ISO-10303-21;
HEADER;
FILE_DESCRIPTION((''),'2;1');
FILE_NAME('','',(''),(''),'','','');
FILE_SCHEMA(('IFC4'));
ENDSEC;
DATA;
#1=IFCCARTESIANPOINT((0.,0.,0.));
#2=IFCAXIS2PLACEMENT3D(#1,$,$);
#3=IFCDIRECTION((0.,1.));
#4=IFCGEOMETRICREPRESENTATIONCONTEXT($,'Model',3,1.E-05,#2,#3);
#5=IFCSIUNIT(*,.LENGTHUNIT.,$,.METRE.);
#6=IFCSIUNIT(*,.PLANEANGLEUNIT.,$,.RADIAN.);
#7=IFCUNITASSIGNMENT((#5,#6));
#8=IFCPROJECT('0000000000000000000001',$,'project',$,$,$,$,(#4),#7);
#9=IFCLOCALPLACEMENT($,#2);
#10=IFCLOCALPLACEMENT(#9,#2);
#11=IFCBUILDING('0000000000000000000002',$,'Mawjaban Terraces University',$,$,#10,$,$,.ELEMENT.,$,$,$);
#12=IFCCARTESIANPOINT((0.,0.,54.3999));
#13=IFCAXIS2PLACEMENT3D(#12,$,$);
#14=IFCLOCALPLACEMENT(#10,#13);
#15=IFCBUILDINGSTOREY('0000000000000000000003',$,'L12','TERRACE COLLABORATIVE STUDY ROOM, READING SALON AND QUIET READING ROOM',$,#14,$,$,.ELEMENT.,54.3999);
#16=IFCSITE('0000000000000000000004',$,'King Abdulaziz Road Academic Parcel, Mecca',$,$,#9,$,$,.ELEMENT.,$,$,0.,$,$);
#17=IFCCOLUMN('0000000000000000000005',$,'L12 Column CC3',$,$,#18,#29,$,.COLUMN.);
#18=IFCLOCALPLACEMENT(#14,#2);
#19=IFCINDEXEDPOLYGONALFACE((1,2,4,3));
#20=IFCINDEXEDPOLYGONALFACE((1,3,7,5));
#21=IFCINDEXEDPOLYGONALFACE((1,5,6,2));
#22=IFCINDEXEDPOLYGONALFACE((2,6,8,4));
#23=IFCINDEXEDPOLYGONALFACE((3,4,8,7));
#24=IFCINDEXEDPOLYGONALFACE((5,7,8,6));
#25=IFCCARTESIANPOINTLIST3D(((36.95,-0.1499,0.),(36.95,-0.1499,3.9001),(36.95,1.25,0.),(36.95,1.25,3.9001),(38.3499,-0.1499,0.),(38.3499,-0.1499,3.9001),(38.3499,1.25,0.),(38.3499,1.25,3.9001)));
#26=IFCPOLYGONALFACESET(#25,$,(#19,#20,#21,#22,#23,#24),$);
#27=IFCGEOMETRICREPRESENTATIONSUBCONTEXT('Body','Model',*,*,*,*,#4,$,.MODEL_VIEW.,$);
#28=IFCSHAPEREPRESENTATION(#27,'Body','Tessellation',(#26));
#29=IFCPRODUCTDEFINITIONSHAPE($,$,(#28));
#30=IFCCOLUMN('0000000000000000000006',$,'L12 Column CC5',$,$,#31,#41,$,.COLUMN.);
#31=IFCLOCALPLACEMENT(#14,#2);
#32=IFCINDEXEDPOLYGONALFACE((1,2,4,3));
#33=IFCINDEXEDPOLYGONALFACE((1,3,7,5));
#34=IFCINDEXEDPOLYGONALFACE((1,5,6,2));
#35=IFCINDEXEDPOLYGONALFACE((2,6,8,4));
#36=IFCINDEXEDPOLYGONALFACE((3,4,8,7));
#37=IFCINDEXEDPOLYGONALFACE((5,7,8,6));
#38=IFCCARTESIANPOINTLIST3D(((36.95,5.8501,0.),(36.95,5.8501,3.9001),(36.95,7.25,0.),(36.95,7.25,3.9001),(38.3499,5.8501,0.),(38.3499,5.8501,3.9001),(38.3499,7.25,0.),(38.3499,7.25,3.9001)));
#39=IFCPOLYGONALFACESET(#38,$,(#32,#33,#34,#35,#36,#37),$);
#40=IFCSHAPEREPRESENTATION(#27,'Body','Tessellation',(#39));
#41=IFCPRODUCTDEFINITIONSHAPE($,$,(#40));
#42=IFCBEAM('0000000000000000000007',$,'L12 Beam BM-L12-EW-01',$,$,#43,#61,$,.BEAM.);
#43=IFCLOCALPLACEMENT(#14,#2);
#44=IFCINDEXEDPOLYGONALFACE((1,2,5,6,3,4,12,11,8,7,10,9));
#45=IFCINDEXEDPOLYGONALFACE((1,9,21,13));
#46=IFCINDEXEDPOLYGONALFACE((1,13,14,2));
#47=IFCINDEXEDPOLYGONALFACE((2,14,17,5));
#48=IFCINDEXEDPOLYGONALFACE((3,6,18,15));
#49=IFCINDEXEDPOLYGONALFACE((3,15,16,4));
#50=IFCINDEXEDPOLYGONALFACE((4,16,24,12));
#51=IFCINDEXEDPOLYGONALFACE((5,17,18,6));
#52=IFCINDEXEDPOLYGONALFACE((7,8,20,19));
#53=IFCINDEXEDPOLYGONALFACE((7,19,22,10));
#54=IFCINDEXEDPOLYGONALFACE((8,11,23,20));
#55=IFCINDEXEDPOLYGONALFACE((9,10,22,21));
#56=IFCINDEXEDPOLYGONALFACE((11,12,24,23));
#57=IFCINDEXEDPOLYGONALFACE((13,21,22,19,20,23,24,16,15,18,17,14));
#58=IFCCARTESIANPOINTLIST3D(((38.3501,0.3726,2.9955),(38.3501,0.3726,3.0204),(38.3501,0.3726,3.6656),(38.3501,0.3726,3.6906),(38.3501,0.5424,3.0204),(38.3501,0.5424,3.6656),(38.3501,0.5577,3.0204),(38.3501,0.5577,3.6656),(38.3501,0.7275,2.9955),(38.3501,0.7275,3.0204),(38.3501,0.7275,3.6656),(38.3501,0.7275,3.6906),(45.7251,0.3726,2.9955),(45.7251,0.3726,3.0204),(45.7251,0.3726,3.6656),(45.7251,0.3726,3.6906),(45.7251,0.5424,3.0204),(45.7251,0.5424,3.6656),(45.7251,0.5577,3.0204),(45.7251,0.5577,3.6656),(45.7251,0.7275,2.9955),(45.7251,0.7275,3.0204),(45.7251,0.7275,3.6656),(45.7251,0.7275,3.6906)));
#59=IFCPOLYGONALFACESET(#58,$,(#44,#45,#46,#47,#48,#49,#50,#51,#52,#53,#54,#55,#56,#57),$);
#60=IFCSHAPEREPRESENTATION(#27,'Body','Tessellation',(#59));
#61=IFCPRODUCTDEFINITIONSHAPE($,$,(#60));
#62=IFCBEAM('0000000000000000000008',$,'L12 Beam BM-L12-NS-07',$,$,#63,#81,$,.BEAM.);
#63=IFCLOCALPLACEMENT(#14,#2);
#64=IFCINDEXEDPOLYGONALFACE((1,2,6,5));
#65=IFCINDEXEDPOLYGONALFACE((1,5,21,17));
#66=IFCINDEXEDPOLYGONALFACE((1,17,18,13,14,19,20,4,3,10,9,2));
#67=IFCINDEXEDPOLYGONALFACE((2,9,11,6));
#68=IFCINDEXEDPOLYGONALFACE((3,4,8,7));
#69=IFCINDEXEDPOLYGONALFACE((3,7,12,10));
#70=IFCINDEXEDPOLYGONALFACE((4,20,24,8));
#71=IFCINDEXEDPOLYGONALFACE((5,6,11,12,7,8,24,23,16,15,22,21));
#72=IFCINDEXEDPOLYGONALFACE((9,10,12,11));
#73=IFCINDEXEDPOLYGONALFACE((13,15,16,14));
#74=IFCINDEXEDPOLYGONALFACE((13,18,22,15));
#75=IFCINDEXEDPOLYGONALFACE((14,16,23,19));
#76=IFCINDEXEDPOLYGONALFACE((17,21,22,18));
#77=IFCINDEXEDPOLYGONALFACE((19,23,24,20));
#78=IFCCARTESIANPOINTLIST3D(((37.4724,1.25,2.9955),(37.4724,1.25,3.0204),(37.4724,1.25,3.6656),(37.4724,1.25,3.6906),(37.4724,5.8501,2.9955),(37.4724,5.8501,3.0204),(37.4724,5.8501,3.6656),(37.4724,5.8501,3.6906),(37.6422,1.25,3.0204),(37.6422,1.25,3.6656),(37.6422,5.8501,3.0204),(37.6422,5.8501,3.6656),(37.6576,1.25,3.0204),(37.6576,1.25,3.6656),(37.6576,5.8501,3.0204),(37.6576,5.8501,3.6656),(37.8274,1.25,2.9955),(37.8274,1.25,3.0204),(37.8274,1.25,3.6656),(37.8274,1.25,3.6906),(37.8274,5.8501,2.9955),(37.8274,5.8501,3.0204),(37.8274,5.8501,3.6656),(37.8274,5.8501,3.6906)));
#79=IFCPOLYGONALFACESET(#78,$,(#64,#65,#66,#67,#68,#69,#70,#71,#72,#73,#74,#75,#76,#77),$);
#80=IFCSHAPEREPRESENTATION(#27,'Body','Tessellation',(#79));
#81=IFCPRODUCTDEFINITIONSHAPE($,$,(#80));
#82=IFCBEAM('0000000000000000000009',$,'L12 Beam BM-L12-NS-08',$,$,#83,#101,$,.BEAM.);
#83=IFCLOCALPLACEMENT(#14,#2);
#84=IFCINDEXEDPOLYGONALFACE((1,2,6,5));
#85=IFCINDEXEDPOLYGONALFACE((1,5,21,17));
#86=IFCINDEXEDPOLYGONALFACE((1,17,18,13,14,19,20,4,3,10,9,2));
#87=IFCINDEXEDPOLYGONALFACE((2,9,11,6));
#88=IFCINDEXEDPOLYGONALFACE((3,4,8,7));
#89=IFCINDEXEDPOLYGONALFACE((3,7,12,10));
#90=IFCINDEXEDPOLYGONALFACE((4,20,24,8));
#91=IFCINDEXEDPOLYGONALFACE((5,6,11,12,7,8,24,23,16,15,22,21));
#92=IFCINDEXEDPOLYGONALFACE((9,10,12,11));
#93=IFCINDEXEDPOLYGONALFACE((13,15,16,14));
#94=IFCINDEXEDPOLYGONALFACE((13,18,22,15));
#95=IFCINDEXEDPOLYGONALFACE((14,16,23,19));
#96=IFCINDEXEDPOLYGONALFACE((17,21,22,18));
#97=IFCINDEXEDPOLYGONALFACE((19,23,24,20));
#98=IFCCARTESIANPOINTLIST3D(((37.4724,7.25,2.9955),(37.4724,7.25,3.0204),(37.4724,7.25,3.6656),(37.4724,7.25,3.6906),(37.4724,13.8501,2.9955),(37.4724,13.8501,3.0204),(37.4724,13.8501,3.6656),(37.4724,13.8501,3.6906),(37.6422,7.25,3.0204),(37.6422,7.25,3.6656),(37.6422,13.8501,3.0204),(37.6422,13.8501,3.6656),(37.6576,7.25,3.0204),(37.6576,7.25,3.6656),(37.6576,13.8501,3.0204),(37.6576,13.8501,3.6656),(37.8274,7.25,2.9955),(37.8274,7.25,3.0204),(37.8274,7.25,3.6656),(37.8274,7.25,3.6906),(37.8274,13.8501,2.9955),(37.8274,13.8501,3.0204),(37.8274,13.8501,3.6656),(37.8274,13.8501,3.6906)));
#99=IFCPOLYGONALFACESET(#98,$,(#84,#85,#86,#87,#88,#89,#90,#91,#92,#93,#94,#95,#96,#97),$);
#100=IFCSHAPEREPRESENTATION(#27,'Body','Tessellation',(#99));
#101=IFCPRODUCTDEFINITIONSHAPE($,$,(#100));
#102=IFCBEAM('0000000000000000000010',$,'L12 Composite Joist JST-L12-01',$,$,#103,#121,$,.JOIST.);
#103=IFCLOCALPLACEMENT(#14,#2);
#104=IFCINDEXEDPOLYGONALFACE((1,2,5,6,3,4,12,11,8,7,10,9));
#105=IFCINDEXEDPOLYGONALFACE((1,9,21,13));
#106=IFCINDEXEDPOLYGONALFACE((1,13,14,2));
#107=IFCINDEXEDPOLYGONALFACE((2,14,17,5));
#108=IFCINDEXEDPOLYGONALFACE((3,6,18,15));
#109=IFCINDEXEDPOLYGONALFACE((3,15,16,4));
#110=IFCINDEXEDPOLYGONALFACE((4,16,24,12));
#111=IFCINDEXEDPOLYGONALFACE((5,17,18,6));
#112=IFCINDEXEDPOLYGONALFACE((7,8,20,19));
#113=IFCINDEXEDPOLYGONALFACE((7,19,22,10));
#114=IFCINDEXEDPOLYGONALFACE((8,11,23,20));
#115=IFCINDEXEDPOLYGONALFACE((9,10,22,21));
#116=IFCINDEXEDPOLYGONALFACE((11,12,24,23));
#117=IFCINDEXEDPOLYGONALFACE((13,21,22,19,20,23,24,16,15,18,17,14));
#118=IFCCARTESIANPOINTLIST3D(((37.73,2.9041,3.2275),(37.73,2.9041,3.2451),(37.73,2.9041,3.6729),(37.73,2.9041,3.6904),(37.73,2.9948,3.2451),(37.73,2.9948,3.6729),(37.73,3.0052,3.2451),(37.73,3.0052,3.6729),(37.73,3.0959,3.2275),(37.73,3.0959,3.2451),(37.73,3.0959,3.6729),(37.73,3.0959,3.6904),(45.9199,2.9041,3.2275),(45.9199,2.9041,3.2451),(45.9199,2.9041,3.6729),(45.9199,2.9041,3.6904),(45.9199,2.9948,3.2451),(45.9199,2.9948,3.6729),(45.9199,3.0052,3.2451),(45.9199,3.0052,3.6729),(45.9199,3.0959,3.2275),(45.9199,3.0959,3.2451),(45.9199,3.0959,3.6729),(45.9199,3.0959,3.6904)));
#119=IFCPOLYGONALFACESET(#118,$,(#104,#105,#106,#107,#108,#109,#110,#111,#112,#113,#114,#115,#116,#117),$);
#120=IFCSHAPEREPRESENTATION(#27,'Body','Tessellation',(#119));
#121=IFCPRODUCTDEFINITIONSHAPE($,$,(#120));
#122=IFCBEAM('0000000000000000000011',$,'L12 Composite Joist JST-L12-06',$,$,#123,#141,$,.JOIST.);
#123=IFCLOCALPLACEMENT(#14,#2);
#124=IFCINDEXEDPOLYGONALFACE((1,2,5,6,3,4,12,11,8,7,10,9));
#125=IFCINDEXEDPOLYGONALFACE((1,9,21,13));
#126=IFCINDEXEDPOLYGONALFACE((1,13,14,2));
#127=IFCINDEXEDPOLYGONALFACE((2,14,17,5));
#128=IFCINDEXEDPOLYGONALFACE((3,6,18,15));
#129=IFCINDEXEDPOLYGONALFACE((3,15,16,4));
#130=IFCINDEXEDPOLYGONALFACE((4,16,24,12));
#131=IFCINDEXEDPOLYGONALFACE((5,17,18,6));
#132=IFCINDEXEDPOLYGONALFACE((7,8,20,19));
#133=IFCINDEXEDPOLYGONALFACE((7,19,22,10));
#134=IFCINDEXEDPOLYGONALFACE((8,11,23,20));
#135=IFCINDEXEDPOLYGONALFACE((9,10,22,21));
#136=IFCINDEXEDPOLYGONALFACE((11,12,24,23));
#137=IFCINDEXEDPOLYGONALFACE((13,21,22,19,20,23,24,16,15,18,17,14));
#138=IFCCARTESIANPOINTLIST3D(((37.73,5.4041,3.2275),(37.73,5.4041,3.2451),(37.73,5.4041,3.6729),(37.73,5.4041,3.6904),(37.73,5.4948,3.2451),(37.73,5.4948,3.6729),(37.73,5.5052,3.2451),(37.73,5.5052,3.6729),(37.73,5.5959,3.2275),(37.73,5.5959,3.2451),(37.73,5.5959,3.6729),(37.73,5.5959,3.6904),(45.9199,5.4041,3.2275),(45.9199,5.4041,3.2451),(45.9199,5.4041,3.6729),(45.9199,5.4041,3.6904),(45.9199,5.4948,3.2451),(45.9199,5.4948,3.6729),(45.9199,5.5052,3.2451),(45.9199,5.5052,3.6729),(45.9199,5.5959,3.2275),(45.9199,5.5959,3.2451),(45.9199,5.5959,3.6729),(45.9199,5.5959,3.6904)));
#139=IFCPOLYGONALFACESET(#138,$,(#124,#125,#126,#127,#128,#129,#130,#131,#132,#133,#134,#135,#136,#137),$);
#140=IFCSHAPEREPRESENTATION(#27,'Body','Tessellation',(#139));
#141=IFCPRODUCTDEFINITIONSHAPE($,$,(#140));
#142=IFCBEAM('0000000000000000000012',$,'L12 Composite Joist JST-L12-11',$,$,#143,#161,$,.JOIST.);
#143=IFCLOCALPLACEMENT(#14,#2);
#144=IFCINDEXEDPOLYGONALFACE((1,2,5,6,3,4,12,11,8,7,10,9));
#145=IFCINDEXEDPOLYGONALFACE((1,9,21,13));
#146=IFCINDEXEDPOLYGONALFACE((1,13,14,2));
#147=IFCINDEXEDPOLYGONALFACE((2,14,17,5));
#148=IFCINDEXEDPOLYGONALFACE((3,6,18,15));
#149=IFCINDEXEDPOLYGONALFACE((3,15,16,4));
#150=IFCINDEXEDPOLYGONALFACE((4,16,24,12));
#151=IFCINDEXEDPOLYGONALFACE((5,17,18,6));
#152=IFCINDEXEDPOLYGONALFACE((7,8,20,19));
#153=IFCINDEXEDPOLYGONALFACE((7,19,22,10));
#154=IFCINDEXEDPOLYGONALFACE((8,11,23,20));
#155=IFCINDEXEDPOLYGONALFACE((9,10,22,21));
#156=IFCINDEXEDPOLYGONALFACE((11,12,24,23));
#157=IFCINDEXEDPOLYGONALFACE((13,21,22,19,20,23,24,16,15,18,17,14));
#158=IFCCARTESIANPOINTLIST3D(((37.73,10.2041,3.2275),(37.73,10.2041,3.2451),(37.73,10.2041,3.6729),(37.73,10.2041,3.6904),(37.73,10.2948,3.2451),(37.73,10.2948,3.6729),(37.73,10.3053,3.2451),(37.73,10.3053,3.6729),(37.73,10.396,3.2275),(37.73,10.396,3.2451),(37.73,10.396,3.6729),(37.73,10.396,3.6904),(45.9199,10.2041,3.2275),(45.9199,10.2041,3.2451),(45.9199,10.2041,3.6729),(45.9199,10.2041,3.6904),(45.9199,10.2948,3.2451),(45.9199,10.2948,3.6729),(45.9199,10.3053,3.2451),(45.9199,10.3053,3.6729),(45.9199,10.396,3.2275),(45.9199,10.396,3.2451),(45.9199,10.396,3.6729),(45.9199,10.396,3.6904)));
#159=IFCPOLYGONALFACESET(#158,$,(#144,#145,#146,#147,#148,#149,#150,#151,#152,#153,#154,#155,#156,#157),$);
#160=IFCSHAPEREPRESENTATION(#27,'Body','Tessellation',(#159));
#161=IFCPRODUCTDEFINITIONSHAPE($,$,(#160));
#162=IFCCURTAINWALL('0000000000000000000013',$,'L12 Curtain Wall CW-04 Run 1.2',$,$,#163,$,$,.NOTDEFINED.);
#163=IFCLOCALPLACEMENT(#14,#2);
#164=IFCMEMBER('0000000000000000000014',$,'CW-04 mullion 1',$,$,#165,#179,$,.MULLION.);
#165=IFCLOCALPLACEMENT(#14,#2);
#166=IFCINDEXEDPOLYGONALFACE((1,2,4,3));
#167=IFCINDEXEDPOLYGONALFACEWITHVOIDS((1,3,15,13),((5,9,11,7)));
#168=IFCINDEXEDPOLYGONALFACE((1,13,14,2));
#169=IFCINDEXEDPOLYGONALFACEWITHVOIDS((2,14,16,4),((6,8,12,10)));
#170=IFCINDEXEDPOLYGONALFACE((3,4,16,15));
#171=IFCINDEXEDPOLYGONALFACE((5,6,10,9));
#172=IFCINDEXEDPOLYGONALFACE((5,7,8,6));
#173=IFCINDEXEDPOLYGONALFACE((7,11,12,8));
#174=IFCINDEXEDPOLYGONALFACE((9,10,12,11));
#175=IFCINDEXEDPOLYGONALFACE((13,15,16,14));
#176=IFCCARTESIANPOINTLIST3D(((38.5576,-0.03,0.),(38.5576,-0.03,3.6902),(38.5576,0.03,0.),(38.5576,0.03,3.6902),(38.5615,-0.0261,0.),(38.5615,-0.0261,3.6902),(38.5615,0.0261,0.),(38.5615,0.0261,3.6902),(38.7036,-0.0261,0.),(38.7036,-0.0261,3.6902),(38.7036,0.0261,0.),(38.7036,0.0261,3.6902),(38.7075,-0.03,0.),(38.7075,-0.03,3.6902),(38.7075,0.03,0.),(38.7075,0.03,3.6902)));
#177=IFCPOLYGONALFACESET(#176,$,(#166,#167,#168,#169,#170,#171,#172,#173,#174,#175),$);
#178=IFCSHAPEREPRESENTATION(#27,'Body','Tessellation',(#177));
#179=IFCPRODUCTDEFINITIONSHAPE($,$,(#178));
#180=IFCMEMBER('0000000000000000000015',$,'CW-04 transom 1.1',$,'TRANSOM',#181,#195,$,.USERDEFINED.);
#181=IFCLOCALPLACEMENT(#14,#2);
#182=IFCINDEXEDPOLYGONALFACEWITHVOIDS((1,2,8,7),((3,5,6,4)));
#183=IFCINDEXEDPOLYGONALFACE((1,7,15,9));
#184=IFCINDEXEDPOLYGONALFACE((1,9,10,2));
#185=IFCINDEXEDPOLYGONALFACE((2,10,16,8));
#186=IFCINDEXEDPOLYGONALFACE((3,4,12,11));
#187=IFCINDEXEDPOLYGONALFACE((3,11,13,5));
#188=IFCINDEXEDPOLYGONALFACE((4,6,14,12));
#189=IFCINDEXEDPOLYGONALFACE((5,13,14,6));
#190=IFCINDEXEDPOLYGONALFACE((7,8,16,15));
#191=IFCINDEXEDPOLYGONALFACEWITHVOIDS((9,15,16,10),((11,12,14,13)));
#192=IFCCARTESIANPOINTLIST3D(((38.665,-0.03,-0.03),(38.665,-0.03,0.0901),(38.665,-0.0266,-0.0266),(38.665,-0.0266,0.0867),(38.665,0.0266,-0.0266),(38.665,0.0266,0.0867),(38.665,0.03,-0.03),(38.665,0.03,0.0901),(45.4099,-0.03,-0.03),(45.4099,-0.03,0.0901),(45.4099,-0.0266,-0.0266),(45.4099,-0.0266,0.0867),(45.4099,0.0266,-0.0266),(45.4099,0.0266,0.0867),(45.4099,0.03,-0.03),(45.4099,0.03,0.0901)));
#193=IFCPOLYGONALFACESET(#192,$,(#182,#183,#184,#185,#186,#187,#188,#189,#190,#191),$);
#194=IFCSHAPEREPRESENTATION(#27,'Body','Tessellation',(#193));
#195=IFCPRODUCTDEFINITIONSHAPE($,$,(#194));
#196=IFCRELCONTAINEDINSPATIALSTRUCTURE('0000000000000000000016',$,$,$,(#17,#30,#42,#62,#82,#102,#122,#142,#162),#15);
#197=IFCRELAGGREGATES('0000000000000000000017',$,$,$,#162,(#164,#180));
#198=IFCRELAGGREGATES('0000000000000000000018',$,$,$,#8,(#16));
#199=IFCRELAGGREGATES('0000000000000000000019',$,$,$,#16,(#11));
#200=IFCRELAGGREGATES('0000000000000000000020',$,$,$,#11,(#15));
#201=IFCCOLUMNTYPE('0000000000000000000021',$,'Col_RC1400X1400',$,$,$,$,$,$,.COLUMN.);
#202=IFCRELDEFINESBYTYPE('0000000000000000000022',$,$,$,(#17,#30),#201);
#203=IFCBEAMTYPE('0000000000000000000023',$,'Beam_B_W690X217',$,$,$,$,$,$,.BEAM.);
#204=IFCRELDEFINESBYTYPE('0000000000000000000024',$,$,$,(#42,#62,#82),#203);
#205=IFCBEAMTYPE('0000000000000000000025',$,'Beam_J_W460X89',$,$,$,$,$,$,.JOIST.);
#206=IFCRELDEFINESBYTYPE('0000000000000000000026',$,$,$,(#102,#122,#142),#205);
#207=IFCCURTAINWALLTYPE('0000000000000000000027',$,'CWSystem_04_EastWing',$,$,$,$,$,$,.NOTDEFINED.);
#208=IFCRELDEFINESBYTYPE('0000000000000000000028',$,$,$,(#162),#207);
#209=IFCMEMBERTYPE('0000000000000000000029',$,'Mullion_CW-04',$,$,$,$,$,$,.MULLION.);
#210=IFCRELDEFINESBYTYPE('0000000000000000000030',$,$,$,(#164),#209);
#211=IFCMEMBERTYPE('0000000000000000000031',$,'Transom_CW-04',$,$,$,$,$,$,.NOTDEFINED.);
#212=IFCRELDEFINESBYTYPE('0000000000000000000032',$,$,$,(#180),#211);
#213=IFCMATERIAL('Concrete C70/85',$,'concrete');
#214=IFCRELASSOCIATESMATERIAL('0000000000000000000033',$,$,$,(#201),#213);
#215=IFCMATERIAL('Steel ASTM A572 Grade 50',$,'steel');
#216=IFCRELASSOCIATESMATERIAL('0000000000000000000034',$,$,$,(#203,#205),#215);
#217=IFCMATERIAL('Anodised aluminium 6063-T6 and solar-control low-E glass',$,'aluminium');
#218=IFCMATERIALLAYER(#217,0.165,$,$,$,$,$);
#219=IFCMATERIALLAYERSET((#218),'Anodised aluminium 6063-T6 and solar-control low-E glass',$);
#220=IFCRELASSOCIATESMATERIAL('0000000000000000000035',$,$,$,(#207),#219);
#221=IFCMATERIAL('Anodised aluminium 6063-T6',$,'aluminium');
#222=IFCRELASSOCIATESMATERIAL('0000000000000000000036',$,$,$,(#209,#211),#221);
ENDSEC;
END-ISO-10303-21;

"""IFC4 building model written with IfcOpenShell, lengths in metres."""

from ifc_helpers import new_model, si_unit, direction, frame, origin, origin_2d, place, context, subcontext, project, spatial, rectangle, hollow_rectangle, i_section, extrude, material, layer, layer_set, material_profile, profile_set, type_object, element, aggregate, save


model = new_model("IFC4")

# Units and contexts
model_context = context("Model", 3, precision=1e-05, world=origin(), true_north=direction((0.0, 1.0)))
body_context = subcontext(model_context, "Body", "Model", "MODEL_VIEW")
ifc_project = project(units=[si_unit("LENGTHUNIT", "METRE"), si_unit("PLANEANGLEUNIT", "RADIAN")], contexts=[model_context])

# Site, building, storey
site_placement = place(None, origin())
site = spatial("IfcSite", under=ifc_project, at=site_placement, Name="King Abdulaziz Road Academic Parcel, Mecca", CompositionType="ELEMENT", RefElevation=0.0)
building_placement = place(site_placement, origin())
building = spatial("IfcBuilding", under=site, at=building_placement, Name="Mawjaban Terraces University", CompositionType="ELEMENT")
storey_placement = place(building_placement, frame((0.0, 0.0, 54.3999)))
storey = spatial("IfcBuildingStorey", under=building, at=storey_placement, Name="L12", Description="TERRACE COLLABORATIVE STUDY ROOM, READING SALON AND QUIET READING ROOM", CompositionType="ELEMENT", Elevation=54.3999)

# Columns
ifc_material_1 = material(Name="Concrete C70/85", Category="concrete")
ifc_material_profile_1 = material_profile(ifc_material_1, rectangle(XDim=1.3999, YDim=1.3999, at=origin_2d()), Name="RC1400X1400")
ifc_profile_set_1 = profile_set([ifc_material_profile_1], Name="Concrete C70/85")
column_type = type_object("IfcColumnType", Name="Col_RC1400X1400", PredefinedType="COLUMN", material=ifc_profile_set_1)
for number, where, z_axis, x_axis, name in (
    (1, (37.6499, 0.55, 0.0), (0.0, 0.0, 1.0), (1.0, 0.0, 0.0), "L12 Column CC3"),
    (2, (37.6499, 6.55, 0.0), (0.0, 0.0, 1.0), (1.0, 0.0, 0.0), "L12 Column CC5"),
):
    element("IfcColumn", number, at=place(storey_placement, frame(where, z_axis=z_axis, x_axis=x_axis)), inside=storey, type_object=column_type, Name=name, PredefinedType="COLUMN", context=body_context, shape_type="SweptSolid", body=[
        extrude(rectangle(XDim=1.3999, YDim=1.3999, at=origin_2d()), origin(), (0.0, 0.0, 1.0), 3.9001),
    ])

# Beams
ifc_material_2 = material(Name="Steel ASTM A572 Grade 50", Category="steel")
ifc_material_profile_2 = material_profile(ifc_material_2, i_section(OverallWidth=0.355, OverallDepth=0.6951, WebThickness=0.0154, FlangeThickness=0.0249, at=origin_2d()), Name="W690X217")
ifc_profile_set_2 = profile_set([ifc_material_profile_2], Name="Steel ASTM A572 Grade 50")
beam_type_1 = type_object("IfcBeamType", Name="Beam_B_W690X217", PredefinedType="BEAM", material=ifc_profile_set_2)
beam_1_placement = place(storey_placement, frame((38.3501, 0.55, 3.343), z_axis=(1.0, 0.0, 0.0), x_axis=(0.0, 1.0, 0.0)))
element("IfcBeam", 3, at=beam_1_placement, inside=storey, type_object=beam_type_1, Name="L12 Beam BM-L12-EW-01", PredefinedType="BEAM", context=body_context, shape_type="SweptSolid", body=[
    extrude(i_section(OverallWidth=0.355, OverallDepth=0.6951, WebThickness=0.0154, FlangeThickness=0.0249, at=origin_2d()), origin(), (0.0, 0.0, 1.0), 7.375),
])
beam_2_placement = place(storey_placement, frame((37.6499, 1.25, 3.343), z_axis=(0.0, 1.0, 0.0), x_axis=(-1.0, 0.0, 0.0)))
element("IfcBeam", 4, at=beam_2_placement, inside=storey, type_object=beam_type_1, Name="L12 Beam BM-L12-NS-07", PredefinedType="BEAM", context=body_context, shape_type="SweptSolid", body=[
    extrude(i_section(OverallWidth=0.355, OverallDepth=0.6951, WebThickness=0.0154, FlangeThickness=0.0249, at=origin_2d()), origin(), (0.0, 0.0, 1.0), 4.6001),
])
beam_3_placement = place(storey_placement, frame((37.6499, 7.25, 3.343), z_axis=(0.0, 1.0, 0.0), x_axis=(-1.0, 0.0, 0.0)))
element("IfcBeam", 5, at=beam_3_placement, inside=storey, type_object=beam_type_1, Name="L12 Beam BM-L12-NS-08", PredefinedType="BEAM", context=body_context, shape_type="SweptSolid", body=[
    extrude(i_section(OverallWidth=0.355, OverallDepth=0.6951, WebThickness=0.0154, FlangeThickness=0.0249, at=origin_2d()), origin(), (0.0, 0.0, 1.0), 6.6001),
])
ifc_material_profile_3 = material_profile(ifc_material_2, i_section(OverallWidth=0.1919, OverallDepth=0.4629, WebThickness=0.0105, FlangeThickness=0.0176, at=origin_2d()), Name="W460X89")
ifc_profile_set_3 = profile_set([ifc_material_profile_3], Name="Steel ASTM A572 Grade 50")
beam_type_2 = type_object("IfcBeamType", Name="Beam_J_W460X89", PredefinedType="JOIST", material=ifc_profile_set_3)
for number, where, z_axis, x_axis, name in (
    (6, (37.73, 3.0, 3.459), (1.0, 0.0, 0.0), (0.0, 1.0, 0.0), "L12 Composite Joist JST-L12-01"),
    (7, (37.73, 5.5, 3.459), (1.0, 0.0, 0.0), (0.0, 1.0, 0.0), "L12 Composite Joist JST-L12-06"),
    (8, (37.73, 10.3, 3.459), (1.0, 0.0, 0.0), (0.0, 1.0, 0.0), "L12 Composite Joist JST-L12-11"),
):
    element("IfcBeam", number, at=place(storey_placement, frame(where, z_axis=z_axis, x_axis=x_axis)), inside=storey, type_object=beam_type_2, Name=name, PredefinedType="JOIST", context=body_context, shape_type="SweptSolid", body=[
        extrude(i_section(OverallWidth=0.1919, OverallDepth=0.4629, WebThickness=0.0105, FlangeThickness=0.0176, at=origin_2d()), origin(), (0.0, 0.0, 1.0), 8.1899),
    ])

# Curtain wall, members
ifc_material_3 = material(Name="Anodised aluminium 6063-T6 and solar-control low-E glass", Category="aluminium")
ifc_layer_1 = layer(ifc_material_3, 0.165)
ifc_layer_set_1 = layer_set([ifc_layer_1], Name="Anodised aluminium 6063-T6 and solar-control low-E glass")
curtain_wall_type = type_object("IfcCurtainWallType", Name="CWSystem_04_EastWing", PredefinedType="NOTDEFINED", material=ifc_layer_set_1)
curtain_wall_placement = place(storey_placement, origin())
curtain_wall = element("IfcCurtainWall", 9, at=curtain_wall_placement, inside=storey, type_object=curtain_wall_type, Name="L12 Curtain Wall CW-04 Run 1.2", PredefinedType="NOTDEFINED")
ifc_material_4 = material(Name="Anodised aluminium 6063-T6", Category="aluminium")
ifc_material_profile_4 = material_profile(ifc_material_4, hollow_rectangle(XDim=0.0601, YDim=0.1499, WallThickness=0.0039, at=origin_2d()), Name="ALU150X60X4")
ifc_profile_set_4 = profile_set([ifc_material_profile_4], Name="Anodised aluminium 6063-T6")
member_type_1 = type_object("IfcMemberType", Name="Mullion_CW-04", PredefinedType="MULLION", material=ifc_profile_set_4)
member_1_placement = place(storey_placement, frame((38.6326, 0.0, 0.0), z_axis=(0.0, 0.0, 1.0), x_axis=(0.0, 1.0, 0.0)))
member_1 = element("IfcMember", 10, at=member_1_placement, type_object=member_type_1, Name="CW-04 mullion 1", PredefinedType="MULLION", context=body_context, shape_type="SweptSolid", body=[
    extrude(hollow_rectangle(XDim=0.0601, YDim=0.1499, WallThickness=0.0039, at=origin_2d()), origin(), (0.0, 0.0, 1.0), 3.6902),
])
ifc_material_profile_5 = material_profile(ifc_material_4, hollow_rectangle(XDim=0.0601, YDim=0.1201, WallThickness=0.0034, at=origin_2d()), Name="ALU120X60X3.5")
ifc_profile_set_5 = profile_set([ifc_material_profile_5], Name="Anodised aluminium 6063-T6")
member_type_2 = type_object("IfcMemberType", Name="Transom_CW-04", PredefinedType="NOTDEFINED", material=ifc_profile_set_5)
member_2_placement = place(storey_placement, frame((38.665, 0.0, 0.03), z_axis=(1.0, 0.0, 0.0), x_axis=(0.0, 1.0, 0.0)))
member_2 = element("IfcMember", 11, at=member_2_placement, type_object=member_type_2, Name="CW-04 transom 1.1", ObjectType="TRANSOM", PredefinedType="USERDEFINED", context=body_context, shape_type="SweptSolid", body=[
    extrude(hollow_rectangle(XDim=0.0601, YDim=0.1201, WallThickness=0.0034, at=origin_2d()), origin(), (0.0, 0.0, 1.0), 6.7449),
])
aggregate(curtain_wall, [member_1, member_2])

save(model, "model.ifc")
